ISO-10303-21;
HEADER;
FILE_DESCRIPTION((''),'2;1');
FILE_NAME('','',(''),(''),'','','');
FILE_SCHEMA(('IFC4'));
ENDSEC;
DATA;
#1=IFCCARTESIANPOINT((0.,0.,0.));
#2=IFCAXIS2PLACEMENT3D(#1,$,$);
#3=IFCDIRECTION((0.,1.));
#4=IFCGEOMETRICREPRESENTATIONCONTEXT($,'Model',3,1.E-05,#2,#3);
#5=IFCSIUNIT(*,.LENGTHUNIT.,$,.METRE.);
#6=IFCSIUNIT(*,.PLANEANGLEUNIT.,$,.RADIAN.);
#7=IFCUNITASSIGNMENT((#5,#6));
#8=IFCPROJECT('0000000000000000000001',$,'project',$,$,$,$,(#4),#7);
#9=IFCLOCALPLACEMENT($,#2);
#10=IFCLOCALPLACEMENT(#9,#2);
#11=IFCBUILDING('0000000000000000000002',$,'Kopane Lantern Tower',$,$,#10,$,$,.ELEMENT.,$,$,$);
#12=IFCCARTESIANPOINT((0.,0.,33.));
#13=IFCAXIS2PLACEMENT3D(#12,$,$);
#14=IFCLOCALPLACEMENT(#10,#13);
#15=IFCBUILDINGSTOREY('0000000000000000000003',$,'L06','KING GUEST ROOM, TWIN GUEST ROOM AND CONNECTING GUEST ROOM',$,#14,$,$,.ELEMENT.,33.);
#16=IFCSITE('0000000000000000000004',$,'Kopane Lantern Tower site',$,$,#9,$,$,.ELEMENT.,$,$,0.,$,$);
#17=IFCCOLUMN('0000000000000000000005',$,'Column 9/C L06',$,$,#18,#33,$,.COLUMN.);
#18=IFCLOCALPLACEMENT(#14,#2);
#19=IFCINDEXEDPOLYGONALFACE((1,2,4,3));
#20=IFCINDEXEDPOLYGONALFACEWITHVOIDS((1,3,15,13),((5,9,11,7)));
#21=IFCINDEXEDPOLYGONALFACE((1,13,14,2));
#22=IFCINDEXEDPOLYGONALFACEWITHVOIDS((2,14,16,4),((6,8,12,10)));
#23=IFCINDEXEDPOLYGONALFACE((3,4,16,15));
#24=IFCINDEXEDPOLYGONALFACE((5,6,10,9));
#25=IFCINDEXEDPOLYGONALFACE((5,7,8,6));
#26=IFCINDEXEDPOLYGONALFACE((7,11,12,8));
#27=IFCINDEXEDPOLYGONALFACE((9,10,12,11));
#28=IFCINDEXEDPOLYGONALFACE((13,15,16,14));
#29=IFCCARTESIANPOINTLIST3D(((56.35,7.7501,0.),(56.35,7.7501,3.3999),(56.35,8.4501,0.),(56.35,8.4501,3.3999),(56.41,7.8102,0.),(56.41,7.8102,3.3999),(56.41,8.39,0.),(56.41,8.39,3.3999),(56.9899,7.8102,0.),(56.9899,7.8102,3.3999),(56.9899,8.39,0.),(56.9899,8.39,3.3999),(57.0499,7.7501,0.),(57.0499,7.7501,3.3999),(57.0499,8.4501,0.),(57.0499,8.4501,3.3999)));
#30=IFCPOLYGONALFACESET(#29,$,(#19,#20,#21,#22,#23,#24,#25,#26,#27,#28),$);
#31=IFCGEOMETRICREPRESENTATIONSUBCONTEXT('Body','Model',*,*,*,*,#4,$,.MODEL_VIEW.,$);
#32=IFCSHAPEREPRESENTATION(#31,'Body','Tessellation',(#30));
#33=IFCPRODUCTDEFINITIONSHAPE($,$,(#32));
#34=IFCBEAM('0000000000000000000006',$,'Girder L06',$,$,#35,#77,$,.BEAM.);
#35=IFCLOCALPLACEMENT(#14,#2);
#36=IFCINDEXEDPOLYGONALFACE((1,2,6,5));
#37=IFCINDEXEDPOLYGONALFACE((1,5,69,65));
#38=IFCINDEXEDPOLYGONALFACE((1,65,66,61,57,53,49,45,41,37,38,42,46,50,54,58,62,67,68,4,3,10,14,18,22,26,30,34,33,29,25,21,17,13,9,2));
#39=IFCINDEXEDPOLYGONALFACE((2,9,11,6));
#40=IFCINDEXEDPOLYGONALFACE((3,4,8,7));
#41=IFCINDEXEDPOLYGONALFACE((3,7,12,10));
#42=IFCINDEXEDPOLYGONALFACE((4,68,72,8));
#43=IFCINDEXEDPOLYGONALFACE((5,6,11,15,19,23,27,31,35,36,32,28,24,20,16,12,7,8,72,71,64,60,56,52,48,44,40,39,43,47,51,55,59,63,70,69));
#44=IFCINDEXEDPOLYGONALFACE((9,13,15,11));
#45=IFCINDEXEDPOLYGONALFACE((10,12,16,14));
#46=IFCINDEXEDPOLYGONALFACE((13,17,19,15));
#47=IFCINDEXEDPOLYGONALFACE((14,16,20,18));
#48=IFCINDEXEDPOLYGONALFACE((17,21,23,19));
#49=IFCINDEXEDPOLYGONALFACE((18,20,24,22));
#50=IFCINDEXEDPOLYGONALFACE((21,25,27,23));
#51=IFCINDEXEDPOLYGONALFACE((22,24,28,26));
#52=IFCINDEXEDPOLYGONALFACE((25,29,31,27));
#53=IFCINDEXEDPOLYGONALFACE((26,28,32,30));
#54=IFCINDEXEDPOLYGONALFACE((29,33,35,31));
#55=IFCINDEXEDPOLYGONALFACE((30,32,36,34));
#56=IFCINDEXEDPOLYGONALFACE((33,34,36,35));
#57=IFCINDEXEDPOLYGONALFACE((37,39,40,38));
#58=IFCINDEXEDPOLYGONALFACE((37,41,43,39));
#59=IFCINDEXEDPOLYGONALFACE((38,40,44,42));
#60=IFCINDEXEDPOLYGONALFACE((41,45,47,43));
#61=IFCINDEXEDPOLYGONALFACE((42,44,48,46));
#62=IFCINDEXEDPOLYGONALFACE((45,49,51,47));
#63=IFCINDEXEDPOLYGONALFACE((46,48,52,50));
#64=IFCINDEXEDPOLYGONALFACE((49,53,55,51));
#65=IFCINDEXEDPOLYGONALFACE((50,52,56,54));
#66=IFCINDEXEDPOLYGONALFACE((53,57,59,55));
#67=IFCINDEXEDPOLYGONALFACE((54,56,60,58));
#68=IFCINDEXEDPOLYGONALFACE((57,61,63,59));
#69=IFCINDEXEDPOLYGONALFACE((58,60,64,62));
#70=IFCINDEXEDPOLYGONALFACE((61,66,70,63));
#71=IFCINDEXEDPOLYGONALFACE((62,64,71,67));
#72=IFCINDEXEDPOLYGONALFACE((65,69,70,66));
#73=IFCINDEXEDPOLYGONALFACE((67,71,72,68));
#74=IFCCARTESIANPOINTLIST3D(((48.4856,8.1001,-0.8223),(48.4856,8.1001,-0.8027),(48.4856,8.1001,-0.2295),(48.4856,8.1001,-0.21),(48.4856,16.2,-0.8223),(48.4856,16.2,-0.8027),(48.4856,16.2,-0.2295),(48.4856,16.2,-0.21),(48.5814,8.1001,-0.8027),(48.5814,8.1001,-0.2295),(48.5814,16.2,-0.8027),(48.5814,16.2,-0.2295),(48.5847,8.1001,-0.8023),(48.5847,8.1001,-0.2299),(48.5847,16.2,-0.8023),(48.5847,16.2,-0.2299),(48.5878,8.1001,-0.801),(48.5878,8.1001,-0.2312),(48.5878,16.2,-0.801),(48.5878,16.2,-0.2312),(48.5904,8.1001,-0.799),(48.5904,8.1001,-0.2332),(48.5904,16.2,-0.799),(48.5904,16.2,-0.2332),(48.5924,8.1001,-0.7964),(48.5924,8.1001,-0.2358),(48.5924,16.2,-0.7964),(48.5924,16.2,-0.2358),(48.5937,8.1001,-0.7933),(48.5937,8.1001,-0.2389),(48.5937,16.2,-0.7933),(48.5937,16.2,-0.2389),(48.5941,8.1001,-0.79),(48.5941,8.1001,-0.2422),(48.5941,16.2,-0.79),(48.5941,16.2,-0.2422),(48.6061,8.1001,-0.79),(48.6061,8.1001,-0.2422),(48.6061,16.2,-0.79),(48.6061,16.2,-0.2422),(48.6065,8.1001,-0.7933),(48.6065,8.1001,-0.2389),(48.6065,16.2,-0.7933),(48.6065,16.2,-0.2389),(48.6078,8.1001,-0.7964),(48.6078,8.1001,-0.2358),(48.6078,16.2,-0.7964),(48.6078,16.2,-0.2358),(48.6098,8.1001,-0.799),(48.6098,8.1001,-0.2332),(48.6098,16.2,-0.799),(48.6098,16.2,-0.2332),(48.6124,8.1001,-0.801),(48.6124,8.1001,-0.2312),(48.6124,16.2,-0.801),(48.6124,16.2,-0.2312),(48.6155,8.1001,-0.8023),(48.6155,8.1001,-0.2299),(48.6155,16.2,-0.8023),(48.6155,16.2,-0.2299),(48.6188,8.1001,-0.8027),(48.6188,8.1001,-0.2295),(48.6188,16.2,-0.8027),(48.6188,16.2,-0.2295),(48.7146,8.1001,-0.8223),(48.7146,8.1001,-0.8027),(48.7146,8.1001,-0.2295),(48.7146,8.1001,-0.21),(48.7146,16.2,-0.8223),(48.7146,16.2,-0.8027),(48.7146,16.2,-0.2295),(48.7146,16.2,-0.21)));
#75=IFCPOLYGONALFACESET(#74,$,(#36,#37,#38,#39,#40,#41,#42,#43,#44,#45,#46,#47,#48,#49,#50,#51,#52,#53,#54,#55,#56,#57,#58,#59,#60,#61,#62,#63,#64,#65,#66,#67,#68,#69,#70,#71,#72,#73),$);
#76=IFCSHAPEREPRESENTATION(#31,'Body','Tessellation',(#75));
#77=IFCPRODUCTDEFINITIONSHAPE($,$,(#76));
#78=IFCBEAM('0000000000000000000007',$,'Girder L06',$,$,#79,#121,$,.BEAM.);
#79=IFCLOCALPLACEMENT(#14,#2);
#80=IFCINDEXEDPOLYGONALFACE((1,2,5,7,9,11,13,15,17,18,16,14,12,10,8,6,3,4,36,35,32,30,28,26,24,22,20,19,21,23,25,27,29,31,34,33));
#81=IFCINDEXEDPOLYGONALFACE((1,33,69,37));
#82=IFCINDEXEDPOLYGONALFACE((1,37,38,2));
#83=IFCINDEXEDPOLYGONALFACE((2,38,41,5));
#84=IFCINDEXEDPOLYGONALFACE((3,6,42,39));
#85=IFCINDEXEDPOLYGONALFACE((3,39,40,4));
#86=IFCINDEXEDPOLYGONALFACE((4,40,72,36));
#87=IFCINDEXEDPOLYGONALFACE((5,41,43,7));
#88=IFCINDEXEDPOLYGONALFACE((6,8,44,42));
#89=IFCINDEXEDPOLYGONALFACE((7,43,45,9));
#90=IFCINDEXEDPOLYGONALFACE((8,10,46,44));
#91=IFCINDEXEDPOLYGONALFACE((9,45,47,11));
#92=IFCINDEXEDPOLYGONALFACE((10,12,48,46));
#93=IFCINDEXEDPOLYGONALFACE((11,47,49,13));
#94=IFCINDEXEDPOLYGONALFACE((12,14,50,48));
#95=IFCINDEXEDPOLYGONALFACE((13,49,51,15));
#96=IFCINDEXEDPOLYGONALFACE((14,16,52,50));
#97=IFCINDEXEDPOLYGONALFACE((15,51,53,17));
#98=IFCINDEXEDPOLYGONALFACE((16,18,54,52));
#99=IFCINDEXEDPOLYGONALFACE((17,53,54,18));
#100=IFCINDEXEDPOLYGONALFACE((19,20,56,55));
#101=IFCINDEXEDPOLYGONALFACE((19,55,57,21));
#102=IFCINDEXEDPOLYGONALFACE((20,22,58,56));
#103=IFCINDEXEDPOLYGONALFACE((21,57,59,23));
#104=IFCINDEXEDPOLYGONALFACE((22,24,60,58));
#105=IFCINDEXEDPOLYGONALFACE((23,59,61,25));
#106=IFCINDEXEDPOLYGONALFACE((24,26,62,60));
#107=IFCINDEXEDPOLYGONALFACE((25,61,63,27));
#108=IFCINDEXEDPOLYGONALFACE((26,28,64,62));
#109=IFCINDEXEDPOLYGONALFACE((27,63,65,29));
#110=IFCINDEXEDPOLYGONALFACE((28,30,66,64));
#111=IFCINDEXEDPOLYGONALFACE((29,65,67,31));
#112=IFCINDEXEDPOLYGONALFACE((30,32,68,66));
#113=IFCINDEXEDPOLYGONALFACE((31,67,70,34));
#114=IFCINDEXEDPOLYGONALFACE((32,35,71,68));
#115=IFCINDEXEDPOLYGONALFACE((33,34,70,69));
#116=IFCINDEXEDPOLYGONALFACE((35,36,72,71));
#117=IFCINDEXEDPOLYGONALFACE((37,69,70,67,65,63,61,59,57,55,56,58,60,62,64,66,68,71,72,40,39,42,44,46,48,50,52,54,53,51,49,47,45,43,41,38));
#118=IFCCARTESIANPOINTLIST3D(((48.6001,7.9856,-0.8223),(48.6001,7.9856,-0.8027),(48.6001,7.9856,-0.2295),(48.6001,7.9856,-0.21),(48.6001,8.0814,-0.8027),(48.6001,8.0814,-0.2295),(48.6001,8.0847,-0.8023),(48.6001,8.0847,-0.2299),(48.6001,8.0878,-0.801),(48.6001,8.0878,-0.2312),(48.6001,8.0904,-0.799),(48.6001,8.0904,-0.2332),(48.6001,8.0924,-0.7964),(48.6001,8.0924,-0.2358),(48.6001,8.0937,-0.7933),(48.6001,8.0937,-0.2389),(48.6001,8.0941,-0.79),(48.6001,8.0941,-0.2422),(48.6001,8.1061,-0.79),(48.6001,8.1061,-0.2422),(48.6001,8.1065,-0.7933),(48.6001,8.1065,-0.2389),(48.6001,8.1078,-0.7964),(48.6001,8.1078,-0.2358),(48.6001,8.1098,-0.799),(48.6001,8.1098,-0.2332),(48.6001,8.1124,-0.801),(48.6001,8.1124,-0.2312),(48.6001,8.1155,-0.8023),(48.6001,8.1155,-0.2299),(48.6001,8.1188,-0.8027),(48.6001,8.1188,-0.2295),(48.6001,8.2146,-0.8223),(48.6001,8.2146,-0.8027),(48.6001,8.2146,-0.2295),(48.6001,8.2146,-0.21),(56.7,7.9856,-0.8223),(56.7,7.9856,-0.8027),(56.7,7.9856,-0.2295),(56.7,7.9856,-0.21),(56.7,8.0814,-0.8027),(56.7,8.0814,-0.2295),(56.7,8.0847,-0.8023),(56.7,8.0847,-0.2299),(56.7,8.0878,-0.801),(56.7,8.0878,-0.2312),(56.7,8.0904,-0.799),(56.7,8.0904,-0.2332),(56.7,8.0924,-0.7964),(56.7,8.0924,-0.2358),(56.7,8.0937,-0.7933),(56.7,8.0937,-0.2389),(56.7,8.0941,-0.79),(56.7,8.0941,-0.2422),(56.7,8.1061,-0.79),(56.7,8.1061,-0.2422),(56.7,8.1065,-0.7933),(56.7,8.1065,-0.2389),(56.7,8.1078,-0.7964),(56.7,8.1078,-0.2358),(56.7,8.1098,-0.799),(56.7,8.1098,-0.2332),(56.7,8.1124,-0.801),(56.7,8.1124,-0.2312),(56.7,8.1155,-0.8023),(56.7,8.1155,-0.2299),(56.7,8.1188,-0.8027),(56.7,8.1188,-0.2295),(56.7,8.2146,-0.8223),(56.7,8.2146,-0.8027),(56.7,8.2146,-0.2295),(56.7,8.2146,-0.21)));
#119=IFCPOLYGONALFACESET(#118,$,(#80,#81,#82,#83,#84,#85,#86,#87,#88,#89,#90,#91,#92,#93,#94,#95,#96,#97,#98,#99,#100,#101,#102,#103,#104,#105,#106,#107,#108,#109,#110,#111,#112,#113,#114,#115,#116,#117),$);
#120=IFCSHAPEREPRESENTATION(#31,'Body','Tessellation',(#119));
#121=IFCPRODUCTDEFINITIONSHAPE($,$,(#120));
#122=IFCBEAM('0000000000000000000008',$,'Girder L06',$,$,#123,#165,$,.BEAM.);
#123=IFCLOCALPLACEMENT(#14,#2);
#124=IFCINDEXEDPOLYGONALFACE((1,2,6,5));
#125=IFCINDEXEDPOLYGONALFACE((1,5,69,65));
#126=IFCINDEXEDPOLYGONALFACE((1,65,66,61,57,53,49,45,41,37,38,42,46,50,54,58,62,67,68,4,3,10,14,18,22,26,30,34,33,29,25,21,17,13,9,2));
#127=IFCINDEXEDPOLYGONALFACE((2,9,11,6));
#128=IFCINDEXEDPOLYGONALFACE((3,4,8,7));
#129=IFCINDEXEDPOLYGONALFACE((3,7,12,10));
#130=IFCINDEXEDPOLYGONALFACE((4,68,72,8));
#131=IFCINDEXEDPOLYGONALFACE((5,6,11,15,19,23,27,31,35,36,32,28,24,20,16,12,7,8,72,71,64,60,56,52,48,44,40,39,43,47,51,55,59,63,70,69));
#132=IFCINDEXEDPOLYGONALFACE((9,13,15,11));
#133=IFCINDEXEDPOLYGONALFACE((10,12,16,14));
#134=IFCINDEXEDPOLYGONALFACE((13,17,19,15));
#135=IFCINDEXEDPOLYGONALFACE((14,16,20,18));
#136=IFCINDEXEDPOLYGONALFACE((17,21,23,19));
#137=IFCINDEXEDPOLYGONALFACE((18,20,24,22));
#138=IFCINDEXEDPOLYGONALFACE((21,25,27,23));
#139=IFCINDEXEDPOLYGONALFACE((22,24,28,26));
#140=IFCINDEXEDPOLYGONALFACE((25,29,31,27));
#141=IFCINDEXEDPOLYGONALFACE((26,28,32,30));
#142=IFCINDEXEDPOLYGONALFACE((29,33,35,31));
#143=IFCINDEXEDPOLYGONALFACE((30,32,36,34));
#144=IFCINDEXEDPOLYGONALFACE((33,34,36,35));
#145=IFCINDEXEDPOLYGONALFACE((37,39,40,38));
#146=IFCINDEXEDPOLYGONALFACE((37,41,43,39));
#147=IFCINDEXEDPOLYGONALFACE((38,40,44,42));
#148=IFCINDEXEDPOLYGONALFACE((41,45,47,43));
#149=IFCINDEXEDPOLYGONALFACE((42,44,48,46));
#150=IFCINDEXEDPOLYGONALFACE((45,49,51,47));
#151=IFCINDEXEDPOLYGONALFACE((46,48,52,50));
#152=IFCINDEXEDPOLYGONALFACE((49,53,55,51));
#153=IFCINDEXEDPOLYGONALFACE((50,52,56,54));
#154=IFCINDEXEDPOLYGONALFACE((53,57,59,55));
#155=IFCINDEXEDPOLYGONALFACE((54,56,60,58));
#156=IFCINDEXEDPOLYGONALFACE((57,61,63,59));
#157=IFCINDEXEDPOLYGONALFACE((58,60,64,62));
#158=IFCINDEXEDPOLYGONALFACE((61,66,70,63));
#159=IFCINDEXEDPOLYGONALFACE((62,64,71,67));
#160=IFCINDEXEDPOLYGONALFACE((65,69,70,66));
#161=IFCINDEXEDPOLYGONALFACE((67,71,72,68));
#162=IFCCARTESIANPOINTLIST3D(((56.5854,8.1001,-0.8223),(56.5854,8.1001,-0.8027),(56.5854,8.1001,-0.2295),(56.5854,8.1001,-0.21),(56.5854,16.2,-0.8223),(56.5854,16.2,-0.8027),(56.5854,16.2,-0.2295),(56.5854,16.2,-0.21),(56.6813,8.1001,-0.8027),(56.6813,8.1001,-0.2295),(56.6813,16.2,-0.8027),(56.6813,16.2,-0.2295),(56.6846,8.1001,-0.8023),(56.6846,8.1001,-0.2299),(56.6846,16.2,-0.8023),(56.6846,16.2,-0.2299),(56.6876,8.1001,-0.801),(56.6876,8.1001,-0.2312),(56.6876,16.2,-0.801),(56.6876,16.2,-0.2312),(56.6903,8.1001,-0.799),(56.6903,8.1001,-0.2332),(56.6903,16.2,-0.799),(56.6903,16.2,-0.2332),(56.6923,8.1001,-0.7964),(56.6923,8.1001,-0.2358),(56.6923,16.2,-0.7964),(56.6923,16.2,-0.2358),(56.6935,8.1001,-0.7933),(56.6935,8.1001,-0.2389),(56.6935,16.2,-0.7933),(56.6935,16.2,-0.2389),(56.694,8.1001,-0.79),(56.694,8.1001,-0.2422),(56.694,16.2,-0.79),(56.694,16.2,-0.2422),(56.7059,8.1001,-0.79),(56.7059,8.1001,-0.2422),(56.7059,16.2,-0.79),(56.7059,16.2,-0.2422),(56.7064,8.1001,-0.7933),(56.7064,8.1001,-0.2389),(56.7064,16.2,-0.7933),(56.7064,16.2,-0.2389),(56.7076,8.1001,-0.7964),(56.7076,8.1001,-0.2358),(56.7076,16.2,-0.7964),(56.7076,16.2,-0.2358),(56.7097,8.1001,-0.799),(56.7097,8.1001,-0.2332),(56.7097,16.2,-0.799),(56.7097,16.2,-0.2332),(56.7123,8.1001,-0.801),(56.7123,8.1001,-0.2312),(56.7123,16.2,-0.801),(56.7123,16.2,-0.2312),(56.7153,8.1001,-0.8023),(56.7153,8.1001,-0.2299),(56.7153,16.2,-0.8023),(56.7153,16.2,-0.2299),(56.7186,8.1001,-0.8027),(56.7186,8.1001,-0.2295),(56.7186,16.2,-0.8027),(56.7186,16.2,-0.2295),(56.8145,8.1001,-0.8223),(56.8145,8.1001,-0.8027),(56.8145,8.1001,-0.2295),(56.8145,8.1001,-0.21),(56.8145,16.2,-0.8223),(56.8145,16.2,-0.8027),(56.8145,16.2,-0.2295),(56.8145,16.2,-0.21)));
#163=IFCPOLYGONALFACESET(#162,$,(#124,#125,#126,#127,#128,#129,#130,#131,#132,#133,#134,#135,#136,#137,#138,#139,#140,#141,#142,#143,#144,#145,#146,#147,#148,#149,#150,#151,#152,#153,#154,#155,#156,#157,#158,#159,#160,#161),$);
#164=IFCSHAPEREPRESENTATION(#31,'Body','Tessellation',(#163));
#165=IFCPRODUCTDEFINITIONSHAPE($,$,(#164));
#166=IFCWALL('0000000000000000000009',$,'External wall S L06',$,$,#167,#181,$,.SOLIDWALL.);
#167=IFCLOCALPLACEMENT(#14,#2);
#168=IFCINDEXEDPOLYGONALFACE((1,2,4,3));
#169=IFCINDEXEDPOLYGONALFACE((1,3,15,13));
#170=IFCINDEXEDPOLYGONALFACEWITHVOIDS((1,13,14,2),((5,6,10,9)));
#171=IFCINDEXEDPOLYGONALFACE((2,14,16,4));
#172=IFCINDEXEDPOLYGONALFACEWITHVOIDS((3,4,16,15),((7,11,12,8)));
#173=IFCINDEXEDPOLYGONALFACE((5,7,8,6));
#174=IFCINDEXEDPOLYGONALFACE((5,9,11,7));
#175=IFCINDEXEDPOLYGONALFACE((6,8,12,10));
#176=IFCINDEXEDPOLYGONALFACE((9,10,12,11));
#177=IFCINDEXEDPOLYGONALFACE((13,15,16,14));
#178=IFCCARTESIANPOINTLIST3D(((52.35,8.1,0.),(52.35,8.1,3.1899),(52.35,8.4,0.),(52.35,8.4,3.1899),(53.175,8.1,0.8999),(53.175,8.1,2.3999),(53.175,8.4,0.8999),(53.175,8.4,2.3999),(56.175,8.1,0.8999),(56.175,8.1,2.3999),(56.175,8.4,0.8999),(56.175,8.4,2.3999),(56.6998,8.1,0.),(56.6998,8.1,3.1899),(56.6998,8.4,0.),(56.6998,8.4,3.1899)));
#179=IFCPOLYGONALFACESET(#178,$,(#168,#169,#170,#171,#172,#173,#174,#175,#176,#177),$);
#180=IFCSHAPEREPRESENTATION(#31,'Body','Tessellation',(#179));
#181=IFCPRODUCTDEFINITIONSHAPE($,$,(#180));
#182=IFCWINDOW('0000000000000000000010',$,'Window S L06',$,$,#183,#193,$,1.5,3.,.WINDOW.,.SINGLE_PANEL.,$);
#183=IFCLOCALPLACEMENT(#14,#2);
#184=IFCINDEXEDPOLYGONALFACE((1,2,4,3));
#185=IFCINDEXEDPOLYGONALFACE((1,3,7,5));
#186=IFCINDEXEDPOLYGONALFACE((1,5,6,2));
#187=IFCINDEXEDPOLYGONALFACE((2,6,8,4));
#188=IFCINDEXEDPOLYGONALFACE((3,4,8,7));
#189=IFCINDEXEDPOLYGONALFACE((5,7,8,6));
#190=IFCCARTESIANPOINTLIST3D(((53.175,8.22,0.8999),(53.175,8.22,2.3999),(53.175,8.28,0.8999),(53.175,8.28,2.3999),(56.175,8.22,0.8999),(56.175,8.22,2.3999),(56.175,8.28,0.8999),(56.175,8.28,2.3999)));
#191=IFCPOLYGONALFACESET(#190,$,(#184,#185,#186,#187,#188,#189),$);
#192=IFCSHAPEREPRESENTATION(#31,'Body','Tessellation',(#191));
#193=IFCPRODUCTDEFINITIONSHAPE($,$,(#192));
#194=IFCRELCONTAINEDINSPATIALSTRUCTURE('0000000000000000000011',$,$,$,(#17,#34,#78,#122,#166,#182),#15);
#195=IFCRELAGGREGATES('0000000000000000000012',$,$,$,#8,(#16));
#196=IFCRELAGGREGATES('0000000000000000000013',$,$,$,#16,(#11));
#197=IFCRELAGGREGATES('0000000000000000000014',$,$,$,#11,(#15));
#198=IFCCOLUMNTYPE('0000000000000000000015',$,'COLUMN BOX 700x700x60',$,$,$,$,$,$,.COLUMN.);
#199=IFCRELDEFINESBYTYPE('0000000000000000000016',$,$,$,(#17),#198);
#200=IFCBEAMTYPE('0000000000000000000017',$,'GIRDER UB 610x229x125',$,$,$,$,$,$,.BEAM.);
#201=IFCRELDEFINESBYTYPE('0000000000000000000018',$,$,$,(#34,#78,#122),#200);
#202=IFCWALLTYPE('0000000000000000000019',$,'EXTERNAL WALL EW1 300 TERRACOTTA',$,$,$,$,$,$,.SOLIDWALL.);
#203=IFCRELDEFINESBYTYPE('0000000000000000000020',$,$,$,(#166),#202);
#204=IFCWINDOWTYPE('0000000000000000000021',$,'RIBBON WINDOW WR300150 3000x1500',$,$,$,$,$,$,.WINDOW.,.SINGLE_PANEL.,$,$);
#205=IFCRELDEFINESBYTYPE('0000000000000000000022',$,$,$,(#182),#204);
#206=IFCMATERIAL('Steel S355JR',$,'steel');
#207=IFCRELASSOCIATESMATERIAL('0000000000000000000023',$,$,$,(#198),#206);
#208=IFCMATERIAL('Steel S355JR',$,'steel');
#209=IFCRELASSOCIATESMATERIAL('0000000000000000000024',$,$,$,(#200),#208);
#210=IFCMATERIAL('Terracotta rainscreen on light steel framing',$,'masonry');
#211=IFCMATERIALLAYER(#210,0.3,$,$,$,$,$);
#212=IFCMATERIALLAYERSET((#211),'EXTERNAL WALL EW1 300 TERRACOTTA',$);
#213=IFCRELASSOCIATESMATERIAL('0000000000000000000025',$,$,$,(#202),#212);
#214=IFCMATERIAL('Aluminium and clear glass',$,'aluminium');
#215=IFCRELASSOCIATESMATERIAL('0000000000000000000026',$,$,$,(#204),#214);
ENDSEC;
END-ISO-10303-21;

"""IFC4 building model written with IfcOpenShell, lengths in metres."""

from ifc_helpers import new_model, si_unit, direction, frame, frame_2d, origin, origin_2d, place, context, subcontext, project, spatial, rectangle, hollow_rectangle, i_section, extrude, material, layer, layer_set, material_profile, profile_set, type_object, element, fill, save


model = new_model("IFC4")

# Units and contexts
model_context = context("Model", 3, precision=1e-05, world=origin(), true_north=direction((0.0, 1.0)))
body_context = subcontext(model_context, "Body", "Model", "MODEL_VIEW")
ifc_project = project(units=[si_unit("LENGTHUNIT", "METRE"), si_unit("PLANEANGLEUNIT", "RADIAN")], contexts=[model_context])

# Site, building, storey
site_placement = place(None, origin())
site = spatial("IfcSite", under=ifc_project, at=site_placement, Name="Kopane Lantern Tower site", CompositionType="ELEMENT", RefElevation=0.0)
building_placement = place(site_placement, origin())
building = spatial("IfcBuilding", under=site, at=building_placement, Name="Kopane Lantern Tower", CompositionType="ELEMENT")
storey_placement = place(building_placement, frame((0.0, 0.0, 33.0)))
storey = spatial("IfcBuildingStorey", under=building, at=storey_placement, Name="L06", Description="KING GUEST ROOM, TWIN GUEST ROOM AND CONNECTING GUEST ROOM", CompositionType="ELEMENT", Elevation=33.0)

# Column
ifc_material_1 = material(Name="Steel S355JR", Category="steel")
ifc_material_profile_1 = material_profile(ifc_material_1, hollow_rectangle(XDim=0.7, YDim=0.7, WallThickness=0.0601, at=origin_2d()), Name="BOX 700x700x60")
ifc_profile_set_1 = profile_set([ifc_material_profile_1], Name="Steel S355JR")
column_type = type_object("IfcColumnType", Name="COLUMN BOX 700x700x60", PredefinedType="COLUMN", material=ifc_profile_set_1)
column_placement = place(storey_placement, frame((56.7, 8.1001, 0.0), z_axis=(0.0, 0.0, 1.0), x_axis=(1.0, 0.0, 0.0)))
element("IfcColumn", 1, at=column_placement, inside=storey, type_object=column_type, Name="Column 9/C L06", PredefinedType="COLUMN", context=body_context, shape_type="SweptSolid", body=[
    extrude(hollow_rectangle(XDim=0.7, YDim=0.7, WallThickness=0.0601, at=origin_2d()), origin(), (0.0, 0.0, 1.0), 3.3999),
])

# Beams
ifc_material_2 = material(Name="Steel S355JR", Category="steel")
ifc_material_profile_2 = material_profile(ifc_material_2, i_section(OverallWidth=0.229, OverallDepth=0.6123, WebThickness=0.012, FlangeThickness=0.0195, FilletRadius=0.0127, at=origin_2d()), Name="UB 610x229x125")
ifc_profile_set_2 = profile_set([ifc_material_profile_2], Name="Steel S355JR")
beam_type = type_object("IfcBeamType", Name="GIRDER UB 610x229x125", PredefinedType="BEAM", material=ifc_profile_set_2)
for number, where, z_axis, x_axis, name in (
    (2, (48.6001, 8.1001, -0.5161), (0.0, 1.0, 0.0), (-1.0, 0.0, 0.0), "Girder L06"),
    (3, (48.6001, 8.1001, -0.5161), (1.0, 0.0, 0.0), (0.0, 1.0, 0.0), "Girder L06"),
    (4, (56.7, 8.1001, -0.5161), (0.0, 1.0, 0.0), (-1.0, 0.0, 0.0), "Girder L06"),
):
    element("IfcBeam", number, at=place(storey_placement, frame(where, z_axis=z_axis, x_axis=x_axis)), inside=storey, type_object=beam_type, Name=name, PredefinedType="BEAM", context=body_context, shape_type="SweptSolid", body=[
        extrude(i_section(OverallWidth=0.229, OverallDepth=0.6123, WebThickness=0.012, FlangeThickness=0.0195, FilletRadius=0.0127, at=origin_2d()), origin(), (0.0, 0.0, 1.0), 8.0999),
    ])

# Wall, opening, window
ifc_material_3 = material(Name="Terracotta rainscreen on light steel framing", Category="masonry")
ifc_layer = layer(ifc_material_3, 0.3)
ifc_layer_set = layer_set([ifc_layer], Name="EXTERNAL WALL EW1 300 TERRACOTTA")
wall_type = type_object("IfcWallType", Name="EXTERNAL WALL EW1 300 TERRACOTTA", PredefinedType="SOLIDWALL", material=ifc_layer_set)
wall_1_placement = place(storey_placement, frame((52.3501, 8.25, 0.0), z_axis=(0.0, 0.0, 1.0), x_axis=(1.0, 0.0, 0.0)))
wall_1 = element("IfcWall", 5, at=wall_1_placement, inside=storey, type_object=wall_type, Name="External wall S L06", PredefinedType="SOLIDWALL", context=body_context, shape_type="SweptSolid", body=[
    extrude(rectangle(XDim=4.3499, YDim=0.3, at=frame_2d((2.1748, 0.0))), origin(), (0.0, 0.0, 1.0), 3.1899),
])
opening_1_placement = place(wall_1_placement, frame((0.825, 0.0, 0.8999)))
opening_1 = element("IfcOpeningElement", 6, at=opening_1_placement, cuts=wall_1, PredefinedType="OPENING", context=body_context, shape_type="SweptSolid", body=[
    extrude(rectangle(XDim=3.0, YDim=1.5, at=frame_2d((1.5, 0.75))), frame((0.0, 0.1599, 0.0), z_axis=(0.0, -1.0, 0.0), x_axis=(1.0, 0.0, 0.0)), (0.0, 0.0, 1.0), 0.3201),
])
ifc_material_4 = material(Name="Aluminium and clear glass", Category="aluminium")
window_type_1 = type_object("IfcWindowType", Name="RIBBON WINDOW WR300150 3000x1500", PartitioningType="SINGLE_PANEL", PredefinedType="WINDOW", material=ifc_material_4)
window_1_placement = place(opening_1_placement, origin())
window_1 = element("IfcWindow", 7, at=window_1_placement, inside=storey, type_object=window_type_1, Name="Window S L06", OverallHeight=1.5, OverallWidth=3.0, PartitioningType="SINGLE_PANEL", PredefinedType="WINDOW", context=body_context, shape_type="SweptSolid", body=[
    extrude(rectangle(XDim=3.0, YDim=1.5, at=frame_2d((1.5, 0.75))), frame((0.0, 0.03, 0.0), z_axis=(0.0, -1.0, 0.0), x_axis=(1.0, 0.0, 0.0)), (0.0, 0.0, 1.0), 0.0601),
])
fill(opening_1, window_1)

save(model, "model.ifc")
